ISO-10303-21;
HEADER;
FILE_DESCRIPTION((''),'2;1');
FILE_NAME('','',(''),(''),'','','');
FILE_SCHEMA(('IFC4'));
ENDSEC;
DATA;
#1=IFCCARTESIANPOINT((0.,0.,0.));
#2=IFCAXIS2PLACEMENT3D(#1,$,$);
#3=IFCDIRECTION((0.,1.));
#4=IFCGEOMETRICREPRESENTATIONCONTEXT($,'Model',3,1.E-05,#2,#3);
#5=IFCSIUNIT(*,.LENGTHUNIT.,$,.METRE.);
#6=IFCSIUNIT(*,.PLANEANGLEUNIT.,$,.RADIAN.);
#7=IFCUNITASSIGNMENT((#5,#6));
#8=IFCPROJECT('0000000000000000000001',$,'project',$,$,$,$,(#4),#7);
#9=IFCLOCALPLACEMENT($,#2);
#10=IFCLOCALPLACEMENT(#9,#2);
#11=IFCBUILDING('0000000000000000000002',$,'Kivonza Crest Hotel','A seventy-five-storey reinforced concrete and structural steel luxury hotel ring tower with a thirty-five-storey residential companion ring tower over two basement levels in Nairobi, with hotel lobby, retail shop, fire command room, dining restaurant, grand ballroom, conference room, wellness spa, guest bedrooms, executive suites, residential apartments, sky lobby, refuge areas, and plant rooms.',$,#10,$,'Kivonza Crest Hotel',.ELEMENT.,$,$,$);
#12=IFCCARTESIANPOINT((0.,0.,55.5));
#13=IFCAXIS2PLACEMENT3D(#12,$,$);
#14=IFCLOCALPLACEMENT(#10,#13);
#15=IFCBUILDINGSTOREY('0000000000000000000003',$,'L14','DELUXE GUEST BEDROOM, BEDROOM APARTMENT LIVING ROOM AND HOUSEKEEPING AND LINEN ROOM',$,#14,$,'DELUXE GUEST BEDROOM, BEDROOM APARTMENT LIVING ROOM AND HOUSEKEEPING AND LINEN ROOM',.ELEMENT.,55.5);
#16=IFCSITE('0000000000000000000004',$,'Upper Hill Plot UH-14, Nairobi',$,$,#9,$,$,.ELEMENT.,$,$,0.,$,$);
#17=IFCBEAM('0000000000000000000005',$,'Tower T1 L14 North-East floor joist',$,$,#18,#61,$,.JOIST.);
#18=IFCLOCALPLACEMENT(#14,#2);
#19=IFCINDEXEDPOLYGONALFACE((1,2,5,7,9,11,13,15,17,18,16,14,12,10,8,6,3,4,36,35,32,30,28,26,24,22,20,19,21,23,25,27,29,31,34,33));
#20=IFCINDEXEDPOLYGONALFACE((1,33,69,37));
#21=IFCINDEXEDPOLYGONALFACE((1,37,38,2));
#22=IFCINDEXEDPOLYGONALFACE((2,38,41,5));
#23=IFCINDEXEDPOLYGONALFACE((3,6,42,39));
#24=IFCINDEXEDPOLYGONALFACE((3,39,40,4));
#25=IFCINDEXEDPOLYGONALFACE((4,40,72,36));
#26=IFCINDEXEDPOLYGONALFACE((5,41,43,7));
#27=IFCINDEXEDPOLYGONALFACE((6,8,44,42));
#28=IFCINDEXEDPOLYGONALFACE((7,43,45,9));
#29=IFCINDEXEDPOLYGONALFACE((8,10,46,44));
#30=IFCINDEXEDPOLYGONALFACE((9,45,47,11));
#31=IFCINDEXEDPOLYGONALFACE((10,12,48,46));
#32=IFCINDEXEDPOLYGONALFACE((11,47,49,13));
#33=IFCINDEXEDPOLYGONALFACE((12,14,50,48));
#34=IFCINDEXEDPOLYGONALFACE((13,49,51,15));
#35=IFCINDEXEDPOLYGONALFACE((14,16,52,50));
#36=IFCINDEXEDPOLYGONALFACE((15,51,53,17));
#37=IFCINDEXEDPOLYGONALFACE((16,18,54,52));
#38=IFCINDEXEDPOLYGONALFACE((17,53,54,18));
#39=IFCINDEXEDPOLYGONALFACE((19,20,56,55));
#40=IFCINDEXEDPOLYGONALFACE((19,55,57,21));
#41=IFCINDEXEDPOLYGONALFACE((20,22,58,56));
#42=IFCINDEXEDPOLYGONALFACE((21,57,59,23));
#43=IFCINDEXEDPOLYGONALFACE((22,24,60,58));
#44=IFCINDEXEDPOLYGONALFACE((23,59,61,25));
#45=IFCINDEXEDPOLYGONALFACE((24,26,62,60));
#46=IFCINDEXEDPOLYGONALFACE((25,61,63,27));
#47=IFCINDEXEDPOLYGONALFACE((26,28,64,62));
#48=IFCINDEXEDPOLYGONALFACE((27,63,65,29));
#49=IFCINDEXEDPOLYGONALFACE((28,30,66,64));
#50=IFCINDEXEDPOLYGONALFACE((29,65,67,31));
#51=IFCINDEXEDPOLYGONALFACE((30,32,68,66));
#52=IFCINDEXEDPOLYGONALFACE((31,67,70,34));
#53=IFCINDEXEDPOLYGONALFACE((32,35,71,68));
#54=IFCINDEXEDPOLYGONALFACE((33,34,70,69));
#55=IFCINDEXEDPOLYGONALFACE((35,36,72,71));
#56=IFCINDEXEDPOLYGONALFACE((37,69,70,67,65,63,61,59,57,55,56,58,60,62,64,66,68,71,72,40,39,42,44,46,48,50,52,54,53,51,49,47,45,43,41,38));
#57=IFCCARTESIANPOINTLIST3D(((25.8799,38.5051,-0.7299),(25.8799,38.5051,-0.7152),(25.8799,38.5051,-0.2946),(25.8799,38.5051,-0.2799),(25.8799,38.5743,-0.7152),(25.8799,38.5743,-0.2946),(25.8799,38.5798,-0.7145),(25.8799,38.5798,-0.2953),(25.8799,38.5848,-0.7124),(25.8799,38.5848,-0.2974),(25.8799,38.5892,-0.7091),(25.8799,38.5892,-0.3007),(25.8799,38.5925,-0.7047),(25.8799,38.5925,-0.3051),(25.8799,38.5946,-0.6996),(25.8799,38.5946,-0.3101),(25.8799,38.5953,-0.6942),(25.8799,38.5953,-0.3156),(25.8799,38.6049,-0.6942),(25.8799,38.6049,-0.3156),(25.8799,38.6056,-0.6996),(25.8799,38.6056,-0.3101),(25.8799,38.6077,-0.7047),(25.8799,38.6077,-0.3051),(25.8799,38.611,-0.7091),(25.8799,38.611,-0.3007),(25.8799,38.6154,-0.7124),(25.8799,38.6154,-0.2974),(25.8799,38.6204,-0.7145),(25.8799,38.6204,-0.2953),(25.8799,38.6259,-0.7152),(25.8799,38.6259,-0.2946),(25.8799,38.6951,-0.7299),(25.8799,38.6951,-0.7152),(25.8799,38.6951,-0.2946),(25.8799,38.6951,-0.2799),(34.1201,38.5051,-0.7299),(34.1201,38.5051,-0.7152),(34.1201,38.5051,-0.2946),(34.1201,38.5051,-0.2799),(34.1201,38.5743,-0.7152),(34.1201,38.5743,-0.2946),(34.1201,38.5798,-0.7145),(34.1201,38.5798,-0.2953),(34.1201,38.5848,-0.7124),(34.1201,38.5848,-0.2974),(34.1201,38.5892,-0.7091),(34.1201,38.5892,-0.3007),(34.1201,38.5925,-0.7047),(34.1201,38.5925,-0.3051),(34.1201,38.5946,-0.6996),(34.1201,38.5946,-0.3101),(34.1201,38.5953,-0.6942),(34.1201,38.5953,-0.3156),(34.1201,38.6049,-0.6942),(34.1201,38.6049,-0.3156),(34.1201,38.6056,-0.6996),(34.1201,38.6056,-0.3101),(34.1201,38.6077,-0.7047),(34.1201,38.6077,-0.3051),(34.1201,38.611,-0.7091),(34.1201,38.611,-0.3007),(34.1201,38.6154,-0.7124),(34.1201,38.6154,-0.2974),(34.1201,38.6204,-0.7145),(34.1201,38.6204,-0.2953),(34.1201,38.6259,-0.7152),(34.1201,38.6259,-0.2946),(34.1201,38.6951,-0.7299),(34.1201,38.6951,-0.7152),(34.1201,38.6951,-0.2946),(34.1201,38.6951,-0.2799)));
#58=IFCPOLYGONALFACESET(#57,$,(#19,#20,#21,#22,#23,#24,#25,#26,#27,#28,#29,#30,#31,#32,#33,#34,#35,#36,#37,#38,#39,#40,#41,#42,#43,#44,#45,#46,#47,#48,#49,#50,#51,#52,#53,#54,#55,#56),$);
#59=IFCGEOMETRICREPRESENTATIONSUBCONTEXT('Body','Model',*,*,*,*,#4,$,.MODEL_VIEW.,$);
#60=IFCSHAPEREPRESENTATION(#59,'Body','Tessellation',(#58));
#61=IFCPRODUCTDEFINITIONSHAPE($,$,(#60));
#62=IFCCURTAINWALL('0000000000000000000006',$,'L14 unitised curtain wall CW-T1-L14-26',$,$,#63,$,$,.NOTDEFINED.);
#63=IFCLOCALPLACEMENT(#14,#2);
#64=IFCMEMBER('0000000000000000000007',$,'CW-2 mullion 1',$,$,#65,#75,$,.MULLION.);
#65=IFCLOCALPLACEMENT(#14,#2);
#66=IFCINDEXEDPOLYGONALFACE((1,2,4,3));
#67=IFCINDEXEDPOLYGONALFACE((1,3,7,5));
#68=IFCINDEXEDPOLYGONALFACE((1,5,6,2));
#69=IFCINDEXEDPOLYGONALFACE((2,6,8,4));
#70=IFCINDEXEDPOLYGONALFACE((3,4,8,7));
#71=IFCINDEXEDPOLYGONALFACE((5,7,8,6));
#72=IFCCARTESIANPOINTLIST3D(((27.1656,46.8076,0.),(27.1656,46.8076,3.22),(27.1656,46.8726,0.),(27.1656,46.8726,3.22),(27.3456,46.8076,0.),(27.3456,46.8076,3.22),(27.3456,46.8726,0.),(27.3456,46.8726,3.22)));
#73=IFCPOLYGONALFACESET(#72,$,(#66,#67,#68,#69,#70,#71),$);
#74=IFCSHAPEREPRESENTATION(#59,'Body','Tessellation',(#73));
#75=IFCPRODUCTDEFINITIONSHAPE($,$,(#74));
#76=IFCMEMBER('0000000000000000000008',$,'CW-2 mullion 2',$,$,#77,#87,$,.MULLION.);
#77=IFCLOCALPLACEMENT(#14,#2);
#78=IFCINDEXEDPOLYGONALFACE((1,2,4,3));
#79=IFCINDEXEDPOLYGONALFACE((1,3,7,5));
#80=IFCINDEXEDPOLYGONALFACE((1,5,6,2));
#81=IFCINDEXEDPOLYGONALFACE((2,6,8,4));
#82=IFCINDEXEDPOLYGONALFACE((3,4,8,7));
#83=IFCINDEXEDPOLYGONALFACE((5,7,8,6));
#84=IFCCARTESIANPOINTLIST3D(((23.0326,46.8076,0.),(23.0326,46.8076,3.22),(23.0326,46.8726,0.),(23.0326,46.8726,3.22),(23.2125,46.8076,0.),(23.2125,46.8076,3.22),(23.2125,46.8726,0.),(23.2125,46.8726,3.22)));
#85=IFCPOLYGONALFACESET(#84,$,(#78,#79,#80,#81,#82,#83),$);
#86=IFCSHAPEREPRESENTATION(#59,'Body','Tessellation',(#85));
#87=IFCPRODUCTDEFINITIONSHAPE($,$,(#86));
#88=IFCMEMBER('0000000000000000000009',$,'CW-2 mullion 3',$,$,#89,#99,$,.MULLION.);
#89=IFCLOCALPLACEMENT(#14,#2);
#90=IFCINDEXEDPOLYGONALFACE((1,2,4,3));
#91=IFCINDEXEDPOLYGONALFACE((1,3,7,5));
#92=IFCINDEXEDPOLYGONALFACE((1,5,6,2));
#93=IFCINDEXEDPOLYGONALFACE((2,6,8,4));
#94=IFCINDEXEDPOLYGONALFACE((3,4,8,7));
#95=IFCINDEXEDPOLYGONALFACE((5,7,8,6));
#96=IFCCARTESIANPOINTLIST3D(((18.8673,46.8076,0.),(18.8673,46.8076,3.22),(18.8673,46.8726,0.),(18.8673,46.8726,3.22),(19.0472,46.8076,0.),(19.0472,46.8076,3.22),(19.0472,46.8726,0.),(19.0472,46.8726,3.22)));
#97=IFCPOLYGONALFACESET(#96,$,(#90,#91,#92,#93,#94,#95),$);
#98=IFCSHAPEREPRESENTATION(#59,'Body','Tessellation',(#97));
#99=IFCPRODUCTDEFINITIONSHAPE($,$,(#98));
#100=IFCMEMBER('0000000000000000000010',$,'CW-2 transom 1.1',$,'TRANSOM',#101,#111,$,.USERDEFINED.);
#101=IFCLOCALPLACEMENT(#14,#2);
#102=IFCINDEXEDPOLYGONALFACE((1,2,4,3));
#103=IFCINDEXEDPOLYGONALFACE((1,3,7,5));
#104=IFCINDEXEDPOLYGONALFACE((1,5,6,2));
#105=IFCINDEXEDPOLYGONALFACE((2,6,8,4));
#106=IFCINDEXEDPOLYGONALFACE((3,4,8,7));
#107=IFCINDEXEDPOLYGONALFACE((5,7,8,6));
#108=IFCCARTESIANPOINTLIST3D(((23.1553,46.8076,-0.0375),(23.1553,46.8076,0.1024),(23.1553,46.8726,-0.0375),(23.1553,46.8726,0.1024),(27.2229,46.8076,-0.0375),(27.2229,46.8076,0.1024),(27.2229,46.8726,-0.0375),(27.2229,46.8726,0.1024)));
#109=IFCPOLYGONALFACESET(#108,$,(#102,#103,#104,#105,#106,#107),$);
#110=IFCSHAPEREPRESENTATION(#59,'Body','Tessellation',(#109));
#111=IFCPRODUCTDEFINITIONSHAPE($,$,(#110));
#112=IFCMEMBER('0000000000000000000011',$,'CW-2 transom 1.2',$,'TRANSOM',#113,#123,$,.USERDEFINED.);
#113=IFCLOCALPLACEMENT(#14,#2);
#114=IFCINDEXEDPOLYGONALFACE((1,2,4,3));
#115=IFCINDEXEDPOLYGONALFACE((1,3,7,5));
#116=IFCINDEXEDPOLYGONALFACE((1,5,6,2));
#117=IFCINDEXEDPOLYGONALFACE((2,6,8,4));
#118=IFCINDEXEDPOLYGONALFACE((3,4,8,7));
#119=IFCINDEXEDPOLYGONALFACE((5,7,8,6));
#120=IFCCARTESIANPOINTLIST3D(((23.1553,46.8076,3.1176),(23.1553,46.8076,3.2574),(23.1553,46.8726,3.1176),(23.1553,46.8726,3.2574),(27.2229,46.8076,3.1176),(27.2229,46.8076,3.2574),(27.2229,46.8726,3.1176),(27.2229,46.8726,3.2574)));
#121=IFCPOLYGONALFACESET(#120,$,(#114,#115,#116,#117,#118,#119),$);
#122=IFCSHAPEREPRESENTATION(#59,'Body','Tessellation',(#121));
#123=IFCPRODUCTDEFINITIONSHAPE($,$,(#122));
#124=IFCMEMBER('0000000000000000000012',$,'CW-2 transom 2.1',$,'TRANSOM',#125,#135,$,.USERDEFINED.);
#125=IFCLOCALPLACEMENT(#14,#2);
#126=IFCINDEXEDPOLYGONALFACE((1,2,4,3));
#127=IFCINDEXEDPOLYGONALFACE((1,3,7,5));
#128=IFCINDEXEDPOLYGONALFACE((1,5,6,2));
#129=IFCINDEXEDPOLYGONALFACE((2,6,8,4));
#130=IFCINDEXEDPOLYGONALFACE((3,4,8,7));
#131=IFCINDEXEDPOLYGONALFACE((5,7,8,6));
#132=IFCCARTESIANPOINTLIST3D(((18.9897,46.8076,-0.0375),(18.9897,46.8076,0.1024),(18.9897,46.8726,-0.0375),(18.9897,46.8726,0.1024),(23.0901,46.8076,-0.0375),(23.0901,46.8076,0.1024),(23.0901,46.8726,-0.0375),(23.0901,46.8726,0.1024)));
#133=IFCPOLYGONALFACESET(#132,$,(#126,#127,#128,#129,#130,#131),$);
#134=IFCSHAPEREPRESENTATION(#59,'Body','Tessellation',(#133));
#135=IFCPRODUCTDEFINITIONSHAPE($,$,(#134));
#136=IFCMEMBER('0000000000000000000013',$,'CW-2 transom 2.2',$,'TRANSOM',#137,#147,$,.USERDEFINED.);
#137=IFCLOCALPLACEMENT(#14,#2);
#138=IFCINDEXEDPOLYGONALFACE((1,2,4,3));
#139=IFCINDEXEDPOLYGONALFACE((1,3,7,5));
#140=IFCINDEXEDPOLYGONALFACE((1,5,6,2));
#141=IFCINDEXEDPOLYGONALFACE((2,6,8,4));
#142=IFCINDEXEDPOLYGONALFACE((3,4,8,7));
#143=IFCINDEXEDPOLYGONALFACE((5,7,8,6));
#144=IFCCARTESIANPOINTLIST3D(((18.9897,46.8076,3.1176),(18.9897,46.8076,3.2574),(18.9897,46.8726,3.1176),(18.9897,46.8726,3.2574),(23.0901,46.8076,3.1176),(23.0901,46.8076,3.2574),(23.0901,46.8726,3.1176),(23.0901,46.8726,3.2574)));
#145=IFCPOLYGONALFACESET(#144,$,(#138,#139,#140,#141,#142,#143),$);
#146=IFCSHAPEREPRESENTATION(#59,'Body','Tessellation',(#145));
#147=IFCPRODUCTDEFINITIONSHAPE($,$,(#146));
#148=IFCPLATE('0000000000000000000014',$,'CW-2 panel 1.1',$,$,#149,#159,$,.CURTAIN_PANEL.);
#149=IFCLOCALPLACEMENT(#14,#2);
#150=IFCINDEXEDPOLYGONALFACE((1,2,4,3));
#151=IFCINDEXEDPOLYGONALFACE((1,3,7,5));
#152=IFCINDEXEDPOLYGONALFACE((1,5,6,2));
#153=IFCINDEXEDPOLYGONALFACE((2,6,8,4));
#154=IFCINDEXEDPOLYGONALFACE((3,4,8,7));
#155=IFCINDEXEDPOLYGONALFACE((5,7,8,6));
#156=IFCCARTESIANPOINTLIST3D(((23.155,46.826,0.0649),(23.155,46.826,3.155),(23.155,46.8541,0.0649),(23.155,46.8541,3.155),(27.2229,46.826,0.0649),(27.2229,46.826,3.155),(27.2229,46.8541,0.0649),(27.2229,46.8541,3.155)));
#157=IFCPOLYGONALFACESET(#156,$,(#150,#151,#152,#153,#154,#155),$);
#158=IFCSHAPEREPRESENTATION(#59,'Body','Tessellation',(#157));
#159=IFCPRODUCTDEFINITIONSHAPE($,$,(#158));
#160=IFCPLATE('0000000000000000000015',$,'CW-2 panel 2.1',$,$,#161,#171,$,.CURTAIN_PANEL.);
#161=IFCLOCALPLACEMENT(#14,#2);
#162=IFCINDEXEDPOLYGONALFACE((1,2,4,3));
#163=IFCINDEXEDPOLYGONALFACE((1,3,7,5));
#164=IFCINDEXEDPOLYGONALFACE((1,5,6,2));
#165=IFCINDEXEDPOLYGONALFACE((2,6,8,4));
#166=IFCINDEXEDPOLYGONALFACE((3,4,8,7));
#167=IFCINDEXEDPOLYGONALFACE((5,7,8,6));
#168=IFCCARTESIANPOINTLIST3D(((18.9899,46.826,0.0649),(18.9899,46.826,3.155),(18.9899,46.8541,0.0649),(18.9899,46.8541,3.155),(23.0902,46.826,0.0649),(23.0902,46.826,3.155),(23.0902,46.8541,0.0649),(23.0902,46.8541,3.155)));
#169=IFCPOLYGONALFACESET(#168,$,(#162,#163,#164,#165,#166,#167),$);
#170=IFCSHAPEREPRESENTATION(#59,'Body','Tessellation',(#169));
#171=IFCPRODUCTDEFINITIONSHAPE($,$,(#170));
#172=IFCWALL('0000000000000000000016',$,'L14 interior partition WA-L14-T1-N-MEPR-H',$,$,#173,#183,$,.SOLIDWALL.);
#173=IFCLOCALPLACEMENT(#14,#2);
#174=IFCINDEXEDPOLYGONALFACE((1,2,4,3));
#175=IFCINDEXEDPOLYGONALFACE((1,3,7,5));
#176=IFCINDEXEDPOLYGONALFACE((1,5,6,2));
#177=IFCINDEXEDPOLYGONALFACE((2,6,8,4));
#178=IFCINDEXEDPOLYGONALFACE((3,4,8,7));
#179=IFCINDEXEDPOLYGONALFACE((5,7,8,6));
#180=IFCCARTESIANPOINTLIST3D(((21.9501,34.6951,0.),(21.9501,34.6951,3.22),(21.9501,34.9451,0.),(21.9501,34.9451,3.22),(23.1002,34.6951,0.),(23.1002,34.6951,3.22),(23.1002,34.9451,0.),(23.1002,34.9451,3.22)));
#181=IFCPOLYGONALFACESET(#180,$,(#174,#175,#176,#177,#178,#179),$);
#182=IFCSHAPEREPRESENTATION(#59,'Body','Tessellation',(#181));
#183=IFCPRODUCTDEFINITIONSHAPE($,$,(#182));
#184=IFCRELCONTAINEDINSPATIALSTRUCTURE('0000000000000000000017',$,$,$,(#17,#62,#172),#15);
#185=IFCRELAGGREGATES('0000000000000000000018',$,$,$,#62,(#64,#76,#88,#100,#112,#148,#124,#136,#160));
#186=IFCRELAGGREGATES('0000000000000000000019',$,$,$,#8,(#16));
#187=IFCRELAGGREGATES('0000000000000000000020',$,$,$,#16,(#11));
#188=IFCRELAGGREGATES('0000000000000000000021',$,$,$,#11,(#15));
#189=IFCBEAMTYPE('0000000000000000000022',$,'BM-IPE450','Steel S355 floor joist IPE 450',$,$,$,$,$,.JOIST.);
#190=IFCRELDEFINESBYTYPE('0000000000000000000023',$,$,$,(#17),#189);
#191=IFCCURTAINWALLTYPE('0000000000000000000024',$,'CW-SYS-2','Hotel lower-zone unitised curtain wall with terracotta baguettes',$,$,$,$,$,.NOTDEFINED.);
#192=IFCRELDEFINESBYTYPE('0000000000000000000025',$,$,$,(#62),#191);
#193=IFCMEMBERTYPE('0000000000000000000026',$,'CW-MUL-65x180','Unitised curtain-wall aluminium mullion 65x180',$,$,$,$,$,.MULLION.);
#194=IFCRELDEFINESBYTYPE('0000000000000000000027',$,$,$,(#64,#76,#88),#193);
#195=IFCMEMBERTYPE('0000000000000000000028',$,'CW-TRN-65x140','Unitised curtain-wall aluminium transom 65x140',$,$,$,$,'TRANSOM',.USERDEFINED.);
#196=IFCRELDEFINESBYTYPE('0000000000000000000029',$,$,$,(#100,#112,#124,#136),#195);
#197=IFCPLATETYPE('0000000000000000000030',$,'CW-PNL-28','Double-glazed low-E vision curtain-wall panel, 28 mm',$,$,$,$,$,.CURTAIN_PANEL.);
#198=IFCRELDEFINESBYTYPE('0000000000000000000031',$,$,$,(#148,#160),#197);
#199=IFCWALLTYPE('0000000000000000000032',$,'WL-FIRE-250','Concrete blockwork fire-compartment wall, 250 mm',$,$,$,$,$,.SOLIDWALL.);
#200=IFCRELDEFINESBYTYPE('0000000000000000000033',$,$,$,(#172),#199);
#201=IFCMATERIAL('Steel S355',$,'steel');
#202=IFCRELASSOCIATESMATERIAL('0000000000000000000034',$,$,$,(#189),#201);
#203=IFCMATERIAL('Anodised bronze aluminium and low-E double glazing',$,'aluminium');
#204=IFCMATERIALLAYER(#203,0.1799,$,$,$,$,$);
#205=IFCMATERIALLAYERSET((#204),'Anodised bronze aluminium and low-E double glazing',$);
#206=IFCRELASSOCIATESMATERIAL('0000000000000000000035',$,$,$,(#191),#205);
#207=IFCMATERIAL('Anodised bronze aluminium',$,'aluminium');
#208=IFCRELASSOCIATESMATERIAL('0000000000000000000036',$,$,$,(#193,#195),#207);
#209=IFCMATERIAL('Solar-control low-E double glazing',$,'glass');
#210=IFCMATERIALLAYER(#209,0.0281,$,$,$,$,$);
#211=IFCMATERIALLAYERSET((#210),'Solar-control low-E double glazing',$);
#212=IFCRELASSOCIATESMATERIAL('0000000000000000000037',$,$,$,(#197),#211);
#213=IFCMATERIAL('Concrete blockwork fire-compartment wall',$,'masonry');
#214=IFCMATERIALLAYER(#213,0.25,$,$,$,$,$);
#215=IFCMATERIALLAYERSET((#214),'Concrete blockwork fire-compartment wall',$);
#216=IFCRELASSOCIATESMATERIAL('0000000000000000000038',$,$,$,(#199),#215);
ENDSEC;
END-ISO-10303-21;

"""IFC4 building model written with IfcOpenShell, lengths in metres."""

from ifc_helpers import new_model, si_unit, direction, frame, frame_2d, origin, origin_2d, place, context, subcontext, project, spatial, rectangle, i_section, extrude, material, layer, layer_set, material_profile, profile_set, type_object, element, aggregate, save


model = new_model("IFC4")

# Units and contexts
model_context = context("Model", 3, precision=1e-05, world=origin(), true_north=direction((0.0, 1.0)))
body_context = subcontext(model_context, "Body", "Model", "MODEL_VIEW")
ifc_project = project(units=[si_unit("LENGTHUNIT", "METRE"), si_unit("PLANEANGLEUNIT", "RADIAN")], contexts=[model_context])

# Site, building, storey
site_placement = place(None, origin())
site = spatial("IfcSite", under=ifc_project, at=site_placement, Name="Upper Hill Plot UH-14, Nairobi", CompositionType="ELEMENT", RefElevation=0.0)
building_placement = place(site_placement, origin())
building = spatial("IfcBuilding", under=site, at=building_placement, Name="Kivonza Crest Hotel", Description="A seventy-five-storey reinforced concrete and structural steel luxury hotel ring tower with a thirty-five-storey residential companion ring tower over two basement levels in Nairobi, with hotel lobby, retail shop, fire command room, dining restaurant, grand ballroom, conference room, wellness spa, guest bedrooms, executive suites, residential apartments, sky lobby, refuge areas, and plant rooms.", LongName="Kivonza Crest Hotel", CompositionType="ELEMENT")
storey_placement = place(building_placement, frame((0.0, 0.0, 55.5)))
storey = spatial("IfcBuildingStorey", under=building, at=storey_placement, Name="L14", Description="DELUXE GUEST BEDROOM, BEDROOM APARTMENT LIVING ROOM AND HOUSEKEEPING AND LINEN ROOM", LongName="DELUXE GUEST BEDROOM, BEDROOM APARTMENT LIVING ROOM AND HOUSEKEEPING AND LINEN ROOM", CompositionType="ELEMENT", Elevation=55.5)

# Beam
ifc_material_1 = material(Name="Steel S355", Category="steel")
ifc_material_profile_1 = material_profile(ifc_material_1, i_section(OverallWidth=0.1899, OverallDepth=0.45, WebThickness=0.0095, FlangeThickness=0.0146, FilletRadius=0.021, at=origin_2d()), Name="IPE 450")
ifc_profile_set_1 = profile_set([ifc_material_profile_1], Name="Steel S355")
beam_type_1 = type_object("IfcBeamType", Name="BM-IPE450", Description="Steel S355 floor joist IPE 450", PredefinedType="JOIST", material=ifc_profile_set_1)
beam_1_placement = place(storey_placement, frame((25.8799, 38.6001, -0.5049), z_axis=(1.0, 0.0, 0.0), x_axis=(0.0, 1.0, 0.0)))
element("IfcBeam", 1, at=beam_1_placement, inside=storey, type_object=beam_type_1, Name="Tower T1 L14 North-East floor joist", PredefinedType="JOIST", context=body_context, shape_type="SweptSolid", body=[
    extrude(i_section(OverallWidth=0.1899, OverallDepth=0.45, WebThickness=0.0095, FlangeThickness=0.0146, FilletRadius=0.021, at=origin_2d()), origin(), (0.0, 0.0, 1.0), 8.2402),
])

# Curtain wall, members, plates
ifc_material_2 = material(Name="Anodised bronze aluminium and low-E double glazing", Category="aluminium")
ifc_layer_1 = layer(ifc_material_2, 0.1799)
ifc_layer_set_1 = layer_set([ifc_layer_1], Name="Anodised bronze aluminium and low-E double glazing")
curtain_wall_type = type_object("IfcCurtainWallType", Name="CW-SYS-2", Description="Hotel lower-zone unitised curtain wall with terracotta baguettes", PredefinedType="NOTDEFINED", material=ifc_layer_set_1)
curtain_wall_placement = place(storey_placement, origin())
curtain_wall = element("IfcCurtainWall", 2, at=curtain_wall_placement, inside=storey, type_object=curtain_wall_type, Name="L14 unitised curtain wall CW-T1-L14-26", PredefinedType="NOTDEFINED")
ifc_material_3 = material(Name="Anodised bronze aluminium", Category="aluminium")
ifc_material_profile_2 = material_profile(ifc_material_3, rectangle(XDim=0.0649, YDim=0.1799, at=origin_2d()), Name="CW-M 65x180")
ifc_profile_set_2 = profile_set([ifc_material_profile_2], Name="Anodised bronze aluminium")
member_type_1 = type_object("IfcMemberType", Name="CW-MUL-65x180", Description="Unitised curtain-wall aluminium mullion 65x180", PredefinedType="MULLION", material=ifc_profile_set_2)
member_1_placement = place(storey_placement, frame((27.2556, 46.8401, 0.0), z_axis=(0.0, 0.0, 1.0), x_axis=(0.0, -1.0, 0.0)))
member_1 = element("IfcMember", 3, at=member_1_placement, type_object=member_type_1, Name="CW-2 mullion 1", PredefinedType="MULLION", context=body_context, shape_type="SweptSolid", body=[
    extrude(rectangle(XDim=0.0649, YDim=0.1799, at=origin_2d()), origin(), (0.0, 0.0, 1.0), 3.22),
])
member_2_placement = place(storey_placement, frame((23.1226, 46.8401, 0.0), z_axis=(0.0, 0.0, 1.0), x_axis=(0.0, -1.0, 0.0)))
member_2 = element("IfcMember", 4, at=member_2_placement, type_object=member_type_1, Name="CW-2 mullion 2", PredefinedType="MULLION", context=body_context, shape_type="SweptSolid", body=[
    extrude(rectangle(XDim=0.0649, YDim=0.1799, at=origin_2d()), origin(), (0.0, 0.0, 1.0), 3.22),
])
member_3_placement = place(storey_placement, frame((18.9573, 46.8401, 0.0), z_axis=(0.0, 0.0, 1.0), x_axis=(0.0, -1.0, 0.0)))
member_3 = element("IfcMember", 5, at=member_3_placement, type_object=member_type_1, Name="CW-2 mullion 3", PredefinedType="MULLION", context=body_context, shape_type="SweptSolid", body=[
    extrude(rectangle(XDim=0.0649, YDim=0.1799, at=origin_2d()), origin(), (0.0, 0.0, 1.0), 3.22),
])
ifc_material_profile_3 = material_profile(ifc_material_3, rectangle(XDim=0.0649, YDim=0.1399, at=origin_2d()), Name="CW-T 65x140")
ifc_profile_set_3 = profile_set([ifc_material_profile_3], Name="Anodised bronze aluminium")
member_type_2 = type_object("IfcMemberType", Name="CW-TRN-65x140", Description="Unitised curtain-wall aluminium transom 65x140", ElementType="TRANSOM", PredefinedType="USERDEFINED", material=ifc_profile_set_3)
member_4_placement = place(storey_placement, frame((27.2229, 46.8401, 0.0325), z_axis=(-1.0, 0.0, 0.0), x_axis=(0.0, -1.0, 0.0)))
member_4 = element("IfcMember", 6, at=member_4_placement, type_object=member_type_2, Name="CW-2 transom 1.1", ObjectType="TRANSOM", PredefinedType="USERDEFINED", context=body_context, shape_type="SweptSolid", body=[
    extrude(rectangle(XDim=0.0649, YDim=0.1399, at=origin_2d()), origin(), (0.0, 0.0, 1.0), 4.0676),
])
member_5_placement = place(storey_placement, frame((27.2229, 46.8401, 3.1875), z_axis=(-1.0, 0.0, 0.0), x_axis=(0.0, -1.0, 0.0)))
member_5 = element("IfcMember", 7, at=member_5_placement, type_object=member_type_2, Name="CW-2 transom 1.2", ObjectType="TRANSOM", PredefinedType="USERDEFINED", context=body_context, shape_type="SweptSolid", body=[
    extrude(rectangle(XDim=0.0649, YDim=0.1399, at=origin_2d()), origin(), (0.0, 0.0, 1.0), 4.0676),
])
member_6_placement = place(storey_placement, frame((23.0901, 46.8401, 0.0325), z_axis=(-1.0, 0.0, 0.0), x_axis=(0.0, -1.0, 0.0)))
member_6 = element("IfcMember", 8, at=member_6_placement, type_object=member_type_2, Name="CW-2 transom 2.1", ObjectType="TRANSOM", PredefinedType="USERDEFINED", context=body_context, shape_type="SweptSolid", body=[
    extrude(rectangle(XDim=0.0649, YDim=0.1399, at=origin_2d()), origin(), (0.0, 0.0, 1.0), 4.1003),
])
member_7_placement = place(storey_placement, frame((23.0901, 46.8401, 3.1875), z_axis=(-1.0, 0.0, 0.0), x_axis=(0.0, -1.0, 0.0)))
member_7 = element("IfcMember", 9, at=member_7_placement, type_object=member_type_2, Name="CW-2 transom 2.2", ObjectType="TRANSOM", PredefinedType="USERDEFINED", context=body_context, shape_type="SweptSolid", body=[
    extrude(rectangle(XDim=0.0649, YDim=0.1399, at=origin_2d()), origin(), (0.0, 0.0, 1.0), 4.1003),
])
ifc_material_4 = material(Name="Solar-control low-E double glazing", Category="glass")
ifc_layer_2 = layer(ifc_material_4, 0.0281)
ifc_layer_set_2 = layer_set([ifc_layer_2], Name="Solar-control low-E double glazing")
plate_type = type_object("IfcPlateType", Name="CW-PNL-28", Description="Double-glazed low-E vision curtain-wall panel, 28 mm", PredefinedType="CURTAIN_PANEL", material=ifc_layer_set_2)
plate_1_placement = place(storey_placement, frame((25.189, 46.8401, 0.0649), z_axis=(0.0, 0.0, 1.0), x_axis=(-1.0, 0.0, 0.0)))
plate_1 = element("IfcPlate", 10, at=plate_1_placement, type_object=plate_type, Name="CW-2 panel 1.1", PredefinedType="CURTAIN_PANEL", context=body_context, shape_type="SweptSolid", body=[
    extrude(rectangle(XDim=4.0679, YDim=0.0281, at=origin_2d()), origin(), (0.0, 0.0, 1.0), 3.0901),
])
plate_2_placement = place(storey_placement, frame((21.04, 46.8401, 0.0649), z_axis=(0.0, 0.0, 1.0), x_axis=(-1.0, 0.0, 0.0)))
plate_2 = element("IfcPlate", 11, at=plate_2_placement, type_object=plate_type, Name="CW-2 panel 2.1", PredefinedType="CURTAIN_PANEL", context=body_context, shape_type="SweptSolid", body=[
    extrude(rectangle(XDim=4.1003, YDim=0.0281, at=origin_2d()), origin(), (0.0, 0.0, 1.0), 3.0901),
])
aggregate(curtain_wall, [member_1, member_2, member_3, member_4, member_5, plate_1, member_6, member_7, plate_2])

# Wall
ifc_material_5 = material(Name="Concrete blockwork fire-compartment wall", Category="masonry")
ifc_layer_3 = layer(ifc_material_5, 0.25)
ifc_layer_set_3 = layer_set([ifc_layer_3], Name="Concrete blockwork fire-compartment wall")
wall_type_1 = type_object("IfcWallType", Name="WL-FIRE-250", Description="Concrete blockwork fire-compartment wall, 250 mm", PredefinedType="SOLIDWALL", material=ifc_layer_set_3)
wall_1_placement = place(storey_placement, frame((21.95, 34.8201, 0.0), z_axis=(0.0, 0.0, 1.0), x_axis=(1.0, 0.0, 0.0)))
element("IfcWall", 12, at=wall_1_placement, inside=storey, type_object=wall_type_1, Name="L14 interior partition WA-L14-T1-N-MEPR-H", PredefinedType="SOLIDWALL", context=body_context, shape_type="SweptSolid", body=[
    extrude(rectangle(XDim=1.1501, YDim=0.25, at=frame_2d((0.5752, 0.0))), origin(), (0.0, 0.0, 1.0), 3.22),
])

save(model, "model.ifc")
